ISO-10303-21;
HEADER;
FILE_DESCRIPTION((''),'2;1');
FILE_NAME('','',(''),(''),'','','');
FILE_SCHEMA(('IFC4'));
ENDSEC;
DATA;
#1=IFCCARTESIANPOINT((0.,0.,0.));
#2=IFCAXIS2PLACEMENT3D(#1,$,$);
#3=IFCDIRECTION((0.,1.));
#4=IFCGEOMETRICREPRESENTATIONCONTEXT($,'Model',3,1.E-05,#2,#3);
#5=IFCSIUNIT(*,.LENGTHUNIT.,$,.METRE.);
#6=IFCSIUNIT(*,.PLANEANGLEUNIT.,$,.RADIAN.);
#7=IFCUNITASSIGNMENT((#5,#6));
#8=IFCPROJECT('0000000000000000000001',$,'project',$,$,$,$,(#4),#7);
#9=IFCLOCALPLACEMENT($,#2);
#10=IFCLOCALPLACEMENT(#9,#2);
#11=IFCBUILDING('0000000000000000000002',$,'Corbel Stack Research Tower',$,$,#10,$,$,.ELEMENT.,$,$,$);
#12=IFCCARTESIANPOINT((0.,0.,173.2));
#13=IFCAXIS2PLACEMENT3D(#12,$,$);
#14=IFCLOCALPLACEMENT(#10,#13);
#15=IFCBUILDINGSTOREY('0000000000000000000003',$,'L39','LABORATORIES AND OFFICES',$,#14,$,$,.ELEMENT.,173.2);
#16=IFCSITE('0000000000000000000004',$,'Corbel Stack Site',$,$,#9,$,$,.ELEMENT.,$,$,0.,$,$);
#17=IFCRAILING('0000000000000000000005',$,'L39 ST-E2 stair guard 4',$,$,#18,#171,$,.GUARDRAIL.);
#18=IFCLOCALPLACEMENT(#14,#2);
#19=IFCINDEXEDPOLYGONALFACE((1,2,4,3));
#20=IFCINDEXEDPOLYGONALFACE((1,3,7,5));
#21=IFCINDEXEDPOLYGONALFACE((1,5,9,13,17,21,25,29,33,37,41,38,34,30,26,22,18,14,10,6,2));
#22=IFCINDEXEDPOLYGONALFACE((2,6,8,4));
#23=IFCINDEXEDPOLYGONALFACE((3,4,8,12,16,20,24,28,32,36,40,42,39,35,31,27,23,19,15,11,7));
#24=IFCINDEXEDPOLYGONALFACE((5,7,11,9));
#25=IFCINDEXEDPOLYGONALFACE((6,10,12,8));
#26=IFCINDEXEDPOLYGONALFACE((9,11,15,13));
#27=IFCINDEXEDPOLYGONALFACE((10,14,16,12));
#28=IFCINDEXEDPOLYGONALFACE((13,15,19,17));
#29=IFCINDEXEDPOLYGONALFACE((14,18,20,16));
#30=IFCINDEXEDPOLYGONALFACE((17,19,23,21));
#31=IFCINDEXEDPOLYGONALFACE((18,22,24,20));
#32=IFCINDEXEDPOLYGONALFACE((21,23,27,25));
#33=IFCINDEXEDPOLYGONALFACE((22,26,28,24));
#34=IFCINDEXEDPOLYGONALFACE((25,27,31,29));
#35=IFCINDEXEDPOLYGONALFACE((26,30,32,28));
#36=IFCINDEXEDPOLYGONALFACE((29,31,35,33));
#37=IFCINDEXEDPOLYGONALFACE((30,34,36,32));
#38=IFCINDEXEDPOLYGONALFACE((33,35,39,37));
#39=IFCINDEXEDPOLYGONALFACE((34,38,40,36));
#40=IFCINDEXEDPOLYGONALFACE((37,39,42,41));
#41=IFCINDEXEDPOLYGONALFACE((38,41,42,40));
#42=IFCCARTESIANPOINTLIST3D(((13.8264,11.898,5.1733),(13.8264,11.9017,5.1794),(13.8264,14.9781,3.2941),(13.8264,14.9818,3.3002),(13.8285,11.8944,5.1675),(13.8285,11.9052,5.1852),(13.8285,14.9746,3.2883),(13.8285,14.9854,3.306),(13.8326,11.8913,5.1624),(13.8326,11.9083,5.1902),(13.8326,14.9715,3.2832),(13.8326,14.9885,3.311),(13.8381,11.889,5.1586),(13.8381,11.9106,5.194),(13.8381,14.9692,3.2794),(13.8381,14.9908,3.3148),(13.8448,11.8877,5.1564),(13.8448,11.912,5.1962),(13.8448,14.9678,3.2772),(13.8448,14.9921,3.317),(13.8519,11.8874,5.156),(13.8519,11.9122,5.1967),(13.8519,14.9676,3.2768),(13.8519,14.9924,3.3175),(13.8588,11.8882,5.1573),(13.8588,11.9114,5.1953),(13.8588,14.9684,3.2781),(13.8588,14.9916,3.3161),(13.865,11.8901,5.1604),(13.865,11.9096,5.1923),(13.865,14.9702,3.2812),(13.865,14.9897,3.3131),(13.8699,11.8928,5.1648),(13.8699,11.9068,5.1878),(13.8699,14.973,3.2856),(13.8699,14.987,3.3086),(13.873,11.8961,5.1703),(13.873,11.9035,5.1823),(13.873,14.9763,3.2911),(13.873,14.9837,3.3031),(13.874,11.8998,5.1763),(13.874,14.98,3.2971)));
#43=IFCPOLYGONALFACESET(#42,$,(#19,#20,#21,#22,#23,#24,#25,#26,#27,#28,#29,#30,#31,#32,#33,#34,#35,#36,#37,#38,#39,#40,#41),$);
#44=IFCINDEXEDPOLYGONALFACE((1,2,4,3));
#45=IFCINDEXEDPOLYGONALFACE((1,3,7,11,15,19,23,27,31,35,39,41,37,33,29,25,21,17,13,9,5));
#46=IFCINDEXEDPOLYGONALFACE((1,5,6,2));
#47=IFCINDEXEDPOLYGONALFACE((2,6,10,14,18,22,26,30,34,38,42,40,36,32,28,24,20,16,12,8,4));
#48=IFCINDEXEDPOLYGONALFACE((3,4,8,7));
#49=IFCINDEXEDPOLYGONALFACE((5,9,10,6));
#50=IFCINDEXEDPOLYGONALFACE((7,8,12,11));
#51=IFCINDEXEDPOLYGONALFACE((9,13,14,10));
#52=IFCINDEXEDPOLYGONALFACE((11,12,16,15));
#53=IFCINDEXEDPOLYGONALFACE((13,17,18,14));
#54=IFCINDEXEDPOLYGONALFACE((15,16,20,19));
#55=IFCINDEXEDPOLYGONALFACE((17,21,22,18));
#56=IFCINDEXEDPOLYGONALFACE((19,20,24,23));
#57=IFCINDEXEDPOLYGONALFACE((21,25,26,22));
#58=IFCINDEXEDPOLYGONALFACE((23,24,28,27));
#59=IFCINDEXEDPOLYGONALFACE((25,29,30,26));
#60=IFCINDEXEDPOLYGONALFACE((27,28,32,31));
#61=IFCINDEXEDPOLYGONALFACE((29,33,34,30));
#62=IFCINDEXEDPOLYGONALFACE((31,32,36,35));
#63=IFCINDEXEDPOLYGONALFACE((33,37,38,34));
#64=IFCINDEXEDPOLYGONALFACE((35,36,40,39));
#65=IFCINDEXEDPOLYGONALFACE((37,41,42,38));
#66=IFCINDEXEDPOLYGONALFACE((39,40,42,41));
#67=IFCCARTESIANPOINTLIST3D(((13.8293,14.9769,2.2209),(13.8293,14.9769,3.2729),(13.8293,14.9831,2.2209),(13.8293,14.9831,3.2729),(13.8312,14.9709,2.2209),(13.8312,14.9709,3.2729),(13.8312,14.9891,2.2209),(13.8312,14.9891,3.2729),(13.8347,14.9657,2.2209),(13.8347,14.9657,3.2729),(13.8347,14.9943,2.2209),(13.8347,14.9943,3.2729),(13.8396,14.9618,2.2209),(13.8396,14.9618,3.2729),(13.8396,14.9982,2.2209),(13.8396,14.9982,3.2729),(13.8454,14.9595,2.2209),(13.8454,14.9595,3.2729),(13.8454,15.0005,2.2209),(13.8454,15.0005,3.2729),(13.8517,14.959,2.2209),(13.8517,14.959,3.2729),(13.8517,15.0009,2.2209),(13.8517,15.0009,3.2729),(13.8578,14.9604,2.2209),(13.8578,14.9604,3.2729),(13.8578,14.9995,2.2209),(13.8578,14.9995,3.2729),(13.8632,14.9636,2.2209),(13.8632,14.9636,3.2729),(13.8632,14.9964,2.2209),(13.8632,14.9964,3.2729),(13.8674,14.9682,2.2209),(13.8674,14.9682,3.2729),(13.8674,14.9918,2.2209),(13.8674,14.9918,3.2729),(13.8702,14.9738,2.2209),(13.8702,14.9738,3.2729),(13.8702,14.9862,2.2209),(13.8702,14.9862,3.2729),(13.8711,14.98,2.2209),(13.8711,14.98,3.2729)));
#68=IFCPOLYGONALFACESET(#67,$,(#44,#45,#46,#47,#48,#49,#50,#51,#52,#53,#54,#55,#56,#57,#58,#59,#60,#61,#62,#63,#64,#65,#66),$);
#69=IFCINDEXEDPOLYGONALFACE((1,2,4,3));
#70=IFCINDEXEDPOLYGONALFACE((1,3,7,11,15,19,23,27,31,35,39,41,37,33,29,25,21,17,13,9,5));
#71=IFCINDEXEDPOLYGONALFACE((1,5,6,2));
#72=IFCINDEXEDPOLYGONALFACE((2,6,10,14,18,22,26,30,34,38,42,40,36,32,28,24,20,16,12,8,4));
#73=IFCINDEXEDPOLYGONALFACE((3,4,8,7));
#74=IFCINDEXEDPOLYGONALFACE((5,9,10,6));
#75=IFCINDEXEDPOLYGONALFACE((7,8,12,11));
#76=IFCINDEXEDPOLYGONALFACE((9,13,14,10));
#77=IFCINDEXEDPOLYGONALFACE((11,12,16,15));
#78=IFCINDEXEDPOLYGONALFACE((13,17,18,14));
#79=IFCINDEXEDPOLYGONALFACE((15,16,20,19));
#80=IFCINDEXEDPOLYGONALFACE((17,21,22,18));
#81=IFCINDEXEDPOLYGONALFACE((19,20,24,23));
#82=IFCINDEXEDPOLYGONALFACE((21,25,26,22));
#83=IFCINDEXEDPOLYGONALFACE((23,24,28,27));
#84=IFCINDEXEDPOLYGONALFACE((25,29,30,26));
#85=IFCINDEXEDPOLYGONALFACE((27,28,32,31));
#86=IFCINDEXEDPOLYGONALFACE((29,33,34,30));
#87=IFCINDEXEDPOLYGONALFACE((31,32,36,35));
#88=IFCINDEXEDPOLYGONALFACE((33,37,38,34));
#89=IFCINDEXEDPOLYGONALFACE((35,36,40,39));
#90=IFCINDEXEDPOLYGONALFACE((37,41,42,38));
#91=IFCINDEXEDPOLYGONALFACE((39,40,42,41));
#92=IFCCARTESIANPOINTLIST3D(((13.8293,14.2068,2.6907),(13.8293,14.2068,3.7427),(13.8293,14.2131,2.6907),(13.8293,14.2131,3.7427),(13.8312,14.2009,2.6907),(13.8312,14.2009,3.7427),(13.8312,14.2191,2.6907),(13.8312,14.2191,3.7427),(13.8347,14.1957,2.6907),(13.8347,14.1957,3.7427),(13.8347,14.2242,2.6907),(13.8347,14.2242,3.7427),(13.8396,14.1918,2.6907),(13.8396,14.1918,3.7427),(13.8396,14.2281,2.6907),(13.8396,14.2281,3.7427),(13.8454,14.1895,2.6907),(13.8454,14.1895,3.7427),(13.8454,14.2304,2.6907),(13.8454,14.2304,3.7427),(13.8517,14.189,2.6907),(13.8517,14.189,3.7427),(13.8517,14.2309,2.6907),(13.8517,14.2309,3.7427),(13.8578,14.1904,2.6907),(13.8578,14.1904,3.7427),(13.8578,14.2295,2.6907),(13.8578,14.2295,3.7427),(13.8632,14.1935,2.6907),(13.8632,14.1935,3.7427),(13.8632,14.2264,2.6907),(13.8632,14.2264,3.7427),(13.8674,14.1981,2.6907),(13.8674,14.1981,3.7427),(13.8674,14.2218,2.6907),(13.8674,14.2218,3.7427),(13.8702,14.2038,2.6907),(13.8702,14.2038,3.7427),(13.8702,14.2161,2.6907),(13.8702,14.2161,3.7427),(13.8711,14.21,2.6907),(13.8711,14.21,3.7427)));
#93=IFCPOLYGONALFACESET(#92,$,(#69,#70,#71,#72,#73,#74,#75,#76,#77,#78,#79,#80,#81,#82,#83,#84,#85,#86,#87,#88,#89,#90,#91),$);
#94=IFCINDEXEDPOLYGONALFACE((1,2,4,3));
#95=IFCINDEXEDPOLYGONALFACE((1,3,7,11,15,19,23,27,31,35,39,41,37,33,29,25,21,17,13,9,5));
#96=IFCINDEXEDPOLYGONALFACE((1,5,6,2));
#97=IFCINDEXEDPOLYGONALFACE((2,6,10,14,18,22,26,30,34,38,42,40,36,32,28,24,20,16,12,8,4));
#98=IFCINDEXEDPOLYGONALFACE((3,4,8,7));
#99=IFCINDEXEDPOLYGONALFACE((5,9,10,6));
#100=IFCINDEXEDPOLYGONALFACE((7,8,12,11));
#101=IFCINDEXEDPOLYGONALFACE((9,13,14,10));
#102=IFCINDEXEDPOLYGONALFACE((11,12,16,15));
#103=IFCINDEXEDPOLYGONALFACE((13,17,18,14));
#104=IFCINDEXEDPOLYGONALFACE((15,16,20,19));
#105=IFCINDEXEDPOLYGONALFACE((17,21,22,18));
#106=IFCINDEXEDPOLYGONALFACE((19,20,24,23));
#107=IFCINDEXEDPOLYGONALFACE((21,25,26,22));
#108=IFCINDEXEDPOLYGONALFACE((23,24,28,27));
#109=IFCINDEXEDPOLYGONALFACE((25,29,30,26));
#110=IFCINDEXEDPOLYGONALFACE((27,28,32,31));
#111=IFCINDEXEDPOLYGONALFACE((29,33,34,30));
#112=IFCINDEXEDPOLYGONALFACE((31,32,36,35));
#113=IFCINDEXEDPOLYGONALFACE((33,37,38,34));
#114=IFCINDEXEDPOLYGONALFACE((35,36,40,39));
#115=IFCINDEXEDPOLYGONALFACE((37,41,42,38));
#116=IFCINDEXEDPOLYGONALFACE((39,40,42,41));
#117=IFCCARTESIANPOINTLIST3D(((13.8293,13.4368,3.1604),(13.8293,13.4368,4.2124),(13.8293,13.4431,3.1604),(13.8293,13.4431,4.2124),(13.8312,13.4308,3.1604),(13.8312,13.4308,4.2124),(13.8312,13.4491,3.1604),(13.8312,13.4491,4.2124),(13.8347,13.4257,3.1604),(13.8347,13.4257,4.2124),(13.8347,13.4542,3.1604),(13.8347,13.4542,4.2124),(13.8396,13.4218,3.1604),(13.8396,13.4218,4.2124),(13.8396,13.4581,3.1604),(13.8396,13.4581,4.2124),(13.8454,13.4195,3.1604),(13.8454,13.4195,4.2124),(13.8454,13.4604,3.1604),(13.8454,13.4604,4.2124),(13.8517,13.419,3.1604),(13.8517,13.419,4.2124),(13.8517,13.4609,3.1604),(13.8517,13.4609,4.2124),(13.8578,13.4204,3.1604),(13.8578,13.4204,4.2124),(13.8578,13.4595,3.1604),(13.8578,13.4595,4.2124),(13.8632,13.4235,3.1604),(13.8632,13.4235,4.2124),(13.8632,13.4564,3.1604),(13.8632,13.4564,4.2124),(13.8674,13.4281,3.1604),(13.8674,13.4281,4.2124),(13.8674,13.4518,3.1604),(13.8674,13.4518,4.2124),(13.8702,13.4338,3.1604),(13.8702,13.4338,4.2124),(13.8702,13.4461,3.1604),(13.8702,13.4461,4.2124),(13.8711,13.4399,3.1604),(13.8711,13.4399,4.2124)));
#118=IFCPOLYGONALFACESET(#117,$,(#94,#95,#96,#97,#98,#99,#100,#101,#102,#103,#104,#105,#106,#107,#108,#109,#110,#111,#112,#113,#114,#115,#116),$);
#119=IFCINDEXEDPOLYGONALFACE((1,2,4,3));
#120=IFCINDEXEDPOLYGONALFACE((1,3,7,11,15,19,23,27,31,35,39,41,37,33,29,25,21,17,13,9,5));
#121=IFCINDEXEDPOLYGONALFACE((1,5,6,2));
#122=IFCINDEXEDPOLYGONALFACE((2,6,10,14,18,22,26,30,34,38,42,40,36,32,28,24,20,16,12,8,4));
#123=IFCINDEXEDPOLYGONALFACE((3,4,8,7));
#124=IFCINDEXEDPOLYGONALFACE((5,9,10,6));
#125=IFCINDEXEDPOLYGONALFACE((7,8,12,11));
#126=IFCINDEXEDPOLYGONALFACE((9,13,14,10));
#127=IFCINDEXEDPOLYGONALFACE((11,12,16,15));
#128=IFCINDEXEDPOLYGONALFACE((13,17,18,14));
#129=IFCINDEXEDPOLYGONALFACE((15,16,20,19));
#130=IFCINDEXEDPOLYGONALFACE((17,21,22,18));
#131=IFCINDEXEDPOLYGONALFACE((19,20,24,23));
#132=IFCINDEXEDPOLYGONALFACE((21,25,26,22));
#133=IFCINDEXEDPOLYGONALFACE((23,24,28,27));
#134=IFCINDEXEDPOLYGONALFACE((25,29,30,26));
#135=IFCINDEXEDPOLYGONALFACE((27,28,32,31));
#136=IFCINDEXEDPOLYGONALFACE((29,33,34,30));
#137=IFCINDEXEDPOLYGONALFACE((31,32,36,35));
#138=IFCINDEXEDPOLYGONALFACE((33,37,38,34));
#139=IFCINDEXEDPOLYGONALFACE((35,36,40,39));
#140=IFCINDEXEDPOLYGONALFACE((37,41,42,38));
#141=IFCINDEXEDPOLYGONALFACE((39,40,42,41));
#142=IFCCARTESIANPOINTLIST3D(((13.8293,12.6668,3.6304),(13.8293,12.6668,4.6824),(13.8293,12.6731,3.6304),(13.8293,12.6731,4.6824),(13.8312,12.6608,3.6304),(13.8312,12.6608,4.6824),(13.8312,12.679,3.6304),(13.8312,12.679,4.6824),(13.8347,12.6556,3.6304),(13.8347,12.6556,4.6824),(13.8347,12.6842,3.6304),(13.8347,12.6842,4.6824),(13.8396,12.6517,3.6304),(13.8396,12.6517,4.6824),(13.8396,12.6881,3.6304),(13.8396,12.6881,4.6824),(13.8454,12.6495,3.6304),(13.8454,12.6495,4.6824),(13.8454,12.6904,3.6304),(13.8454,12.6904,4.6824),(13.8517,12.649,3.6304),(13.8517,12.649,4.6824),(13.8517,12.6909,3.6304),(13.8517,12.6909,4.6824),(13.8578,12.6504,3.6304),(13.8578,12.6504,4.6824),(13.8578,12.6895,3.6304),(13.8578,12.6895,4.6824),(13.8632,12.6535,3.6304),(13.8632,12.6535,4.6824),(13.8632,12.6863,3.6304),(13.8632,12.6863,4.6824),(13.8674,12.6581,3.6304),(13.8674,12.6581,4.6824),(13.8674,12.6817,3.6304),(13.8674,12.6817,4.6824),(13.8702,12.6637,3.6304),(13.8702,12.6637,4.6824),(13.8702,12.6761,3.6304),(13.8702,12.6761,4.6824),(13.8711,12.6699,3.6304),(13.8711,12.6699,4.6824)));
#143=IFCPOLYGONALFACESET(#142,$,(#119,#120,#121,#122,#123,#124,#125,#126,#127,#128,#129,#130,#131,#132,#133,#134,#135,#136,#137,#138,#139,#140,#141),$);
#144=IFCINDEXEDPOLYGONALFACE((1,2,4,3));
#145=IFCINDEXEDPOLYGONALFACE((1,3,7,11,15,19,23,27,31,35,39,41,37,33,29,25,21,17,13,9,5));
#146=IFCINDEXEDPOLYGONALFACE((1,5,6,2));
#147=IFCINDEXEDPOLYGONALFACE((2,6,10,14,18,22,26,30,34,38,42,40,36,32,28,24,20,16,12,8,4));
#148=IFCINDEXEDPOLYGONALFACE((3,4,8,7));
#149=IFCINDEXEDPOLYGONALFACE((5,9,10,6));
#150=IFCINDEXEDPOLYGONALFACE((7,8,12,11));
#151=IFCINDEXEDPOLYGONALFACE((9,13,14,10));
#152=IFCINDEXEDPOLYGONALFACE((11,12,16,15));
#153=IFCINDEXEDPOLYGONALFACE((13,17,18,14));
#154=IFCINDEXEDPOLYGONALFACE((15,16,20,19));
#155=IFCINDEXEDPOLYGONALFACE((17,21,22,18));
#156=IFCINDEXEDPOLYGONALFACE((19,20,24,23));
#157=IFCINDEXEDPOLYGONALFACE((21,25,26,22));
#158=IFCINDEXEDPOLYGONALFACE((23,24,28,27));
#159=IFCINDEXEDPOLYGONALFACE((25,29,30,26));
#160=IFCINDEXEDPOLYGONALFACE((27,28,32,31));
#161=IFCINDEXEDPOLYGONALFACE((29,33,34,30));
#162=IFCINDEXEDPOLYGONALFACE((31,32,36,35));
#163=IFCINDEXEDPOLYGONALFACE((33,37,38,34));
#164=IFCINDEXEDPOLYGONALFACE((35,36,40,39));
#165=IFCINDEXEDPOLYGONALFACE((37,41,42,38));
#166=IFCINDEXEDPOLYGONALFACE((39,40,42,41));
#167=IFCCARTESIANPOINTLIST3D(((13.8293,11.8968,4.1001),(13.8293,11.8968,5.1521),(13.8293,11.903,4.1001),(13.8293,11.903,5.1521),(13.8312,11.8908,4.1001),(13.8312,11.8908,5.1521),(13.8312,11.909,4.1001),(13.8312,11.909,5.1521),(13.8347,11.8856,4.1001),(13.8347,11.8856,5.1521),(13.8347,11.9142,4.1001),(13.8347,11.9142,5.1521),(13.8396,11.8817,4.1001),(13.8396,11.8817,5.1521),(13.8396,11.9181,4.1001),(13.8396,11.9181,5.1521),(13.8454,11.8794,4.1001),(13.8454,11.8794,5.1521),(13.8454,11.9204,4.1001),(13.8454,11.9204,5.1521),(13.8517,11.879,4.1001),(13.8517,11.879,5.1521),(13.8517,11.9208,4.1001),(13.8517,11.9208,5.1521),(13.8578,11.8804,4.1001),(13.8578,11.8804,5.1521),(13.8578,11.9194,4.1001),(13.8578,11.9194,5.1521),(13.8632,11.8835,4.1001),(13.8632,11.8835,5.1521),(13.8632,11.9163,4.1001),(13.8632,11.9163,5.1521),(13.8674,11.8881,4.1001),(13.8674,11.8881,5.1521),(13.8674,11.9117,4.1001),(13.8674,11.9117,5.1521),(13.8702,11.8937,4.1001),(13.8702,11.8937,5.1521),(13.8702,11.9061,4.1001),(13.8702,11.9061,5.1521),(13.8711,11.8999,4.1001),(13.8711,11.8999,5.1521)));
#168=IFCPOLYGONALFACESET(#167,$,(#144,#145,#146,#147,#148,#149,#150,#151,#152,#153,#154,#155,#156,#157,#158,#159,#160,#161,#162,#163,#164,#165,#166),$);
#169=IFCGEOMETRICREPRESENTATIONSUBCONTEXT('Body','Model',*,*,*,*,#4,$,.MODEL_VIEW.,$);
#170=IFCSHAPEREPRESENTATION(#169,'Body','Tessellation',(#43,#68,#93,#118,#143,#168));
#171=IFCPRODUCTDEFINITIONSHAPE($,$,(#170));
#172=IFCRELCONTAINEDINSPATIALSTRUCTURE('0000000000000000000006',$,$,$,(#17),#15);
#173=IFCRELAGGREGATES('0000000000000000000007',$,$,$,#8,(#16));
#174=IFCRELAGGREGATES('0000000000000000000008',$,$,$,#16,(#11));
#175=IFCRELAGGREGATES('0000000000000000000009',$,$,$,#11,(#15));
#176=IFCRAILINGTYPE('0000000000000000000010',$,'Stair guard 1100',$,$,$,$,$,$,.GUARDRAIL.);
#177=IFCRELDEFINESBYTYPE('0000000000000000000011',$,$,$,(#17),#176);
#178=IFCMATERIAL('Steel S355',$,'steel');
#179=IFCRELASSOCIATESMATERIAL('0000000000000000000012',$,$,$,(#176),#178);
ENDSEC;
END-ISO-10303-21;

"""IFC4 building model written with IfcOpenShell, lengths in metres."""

from ifc_helpers import new_model, si_unit, direction, frame, origin, origin_2d, place, context, subcontext, project, spatial, circle, extrude, material, type_object, element, save


model = new_model("IFC4")

# Units and contexts
model_context = context("Model", 3, precision=1e-05, world=origin(), true_north=direction((0.0, 1.0)))
body_context = subcontext(model_context, "Body", "Model", "MODEL_VIEW")
ifc_project = project(units=[si_unit("LENGTHUNIT", "METRE"), si_unit("PLANEANGLEUNIT", "RADIAN")], contexts=[model_context])

# Site, building, storey
site_placement = place(None, origin())
site = spatial("IfcSite", under=ifc_project, at=site_placement, Name="Corbel Stack Site", CompositionType="ELEMENT", RefElevation=0.0)
building_placement = place(site_placement, origin())
building = spatial("IfcBuilding", under=site, at=building_placement, Name="Corbel Stack Research Tower", CompositionType="ELEMENT")
storey_placement = place(building_placement, frame((0.0, 0.0, 173.2)))
storey = spatial("IfcBuildingStorey", under=building, at=storey_placement, Name="L39", Description="LABORATORIES AND OFFICES", CompositionType="ELEMENT", Elevation=173.2)

# Railing
ifc_material_1 = material(Name="Steel S355", Category="steel")
railing_type_1 = type_object("IfcRailingType", Name="Stair guard 1100", PredefinedType="GUARDRAIL", material=ifc_material_1)
railing_1_placement = place(storey_placement, frame((13.8501, 14.98, 2.2209)))
element("IfcRailing", 1, at=railing_1_placement, inside=storey, type_object=railing_type_1, Name="L39 ST-E2 stair guard 4", PredefinedType="GUARDRAIL", context=body_context, shape_type="SweptSolid", body=[
    extrude(circle(Radius=0.0239, at=origin_2d()), frame((0.0, 0.0, 1.0762), z_axis=(0.0, -0.853666, 0.52082), x_axis=(1.0, 0.0, 0.0)), (0.0, 0.0, 1.0), 3.6082),
    extrude(circle(Radius=0.021, at=origin_2d()), origin(), (0.0, 0.0, 1.0), 1.052),
    extrude(circle(Radius=0.021, at=origin_2d()), frame((0.0, -0.77, 0.4697)), (0.0, 0.0, 1.0), 1.052),
    extrude(circle(Radius=0.021, at=origin_2d()), frame((0.0, -1.54, 0.9395)), (0.0, 0.0, 1.0), 1.052),
    extrude(circle(Radius=0.021, at=origin_2d()), frame((0.0, -2.3101, 1.4094)), (0.0, 0.0, 1.0), 1.052),
    extrude(circle(Radius=0.021, at=origin_2d()), frame((0.0, -3.0801, 1.8792)), (0.0, 0.0, 1.0), 1.052),
])

save(model, "model.ifc")
